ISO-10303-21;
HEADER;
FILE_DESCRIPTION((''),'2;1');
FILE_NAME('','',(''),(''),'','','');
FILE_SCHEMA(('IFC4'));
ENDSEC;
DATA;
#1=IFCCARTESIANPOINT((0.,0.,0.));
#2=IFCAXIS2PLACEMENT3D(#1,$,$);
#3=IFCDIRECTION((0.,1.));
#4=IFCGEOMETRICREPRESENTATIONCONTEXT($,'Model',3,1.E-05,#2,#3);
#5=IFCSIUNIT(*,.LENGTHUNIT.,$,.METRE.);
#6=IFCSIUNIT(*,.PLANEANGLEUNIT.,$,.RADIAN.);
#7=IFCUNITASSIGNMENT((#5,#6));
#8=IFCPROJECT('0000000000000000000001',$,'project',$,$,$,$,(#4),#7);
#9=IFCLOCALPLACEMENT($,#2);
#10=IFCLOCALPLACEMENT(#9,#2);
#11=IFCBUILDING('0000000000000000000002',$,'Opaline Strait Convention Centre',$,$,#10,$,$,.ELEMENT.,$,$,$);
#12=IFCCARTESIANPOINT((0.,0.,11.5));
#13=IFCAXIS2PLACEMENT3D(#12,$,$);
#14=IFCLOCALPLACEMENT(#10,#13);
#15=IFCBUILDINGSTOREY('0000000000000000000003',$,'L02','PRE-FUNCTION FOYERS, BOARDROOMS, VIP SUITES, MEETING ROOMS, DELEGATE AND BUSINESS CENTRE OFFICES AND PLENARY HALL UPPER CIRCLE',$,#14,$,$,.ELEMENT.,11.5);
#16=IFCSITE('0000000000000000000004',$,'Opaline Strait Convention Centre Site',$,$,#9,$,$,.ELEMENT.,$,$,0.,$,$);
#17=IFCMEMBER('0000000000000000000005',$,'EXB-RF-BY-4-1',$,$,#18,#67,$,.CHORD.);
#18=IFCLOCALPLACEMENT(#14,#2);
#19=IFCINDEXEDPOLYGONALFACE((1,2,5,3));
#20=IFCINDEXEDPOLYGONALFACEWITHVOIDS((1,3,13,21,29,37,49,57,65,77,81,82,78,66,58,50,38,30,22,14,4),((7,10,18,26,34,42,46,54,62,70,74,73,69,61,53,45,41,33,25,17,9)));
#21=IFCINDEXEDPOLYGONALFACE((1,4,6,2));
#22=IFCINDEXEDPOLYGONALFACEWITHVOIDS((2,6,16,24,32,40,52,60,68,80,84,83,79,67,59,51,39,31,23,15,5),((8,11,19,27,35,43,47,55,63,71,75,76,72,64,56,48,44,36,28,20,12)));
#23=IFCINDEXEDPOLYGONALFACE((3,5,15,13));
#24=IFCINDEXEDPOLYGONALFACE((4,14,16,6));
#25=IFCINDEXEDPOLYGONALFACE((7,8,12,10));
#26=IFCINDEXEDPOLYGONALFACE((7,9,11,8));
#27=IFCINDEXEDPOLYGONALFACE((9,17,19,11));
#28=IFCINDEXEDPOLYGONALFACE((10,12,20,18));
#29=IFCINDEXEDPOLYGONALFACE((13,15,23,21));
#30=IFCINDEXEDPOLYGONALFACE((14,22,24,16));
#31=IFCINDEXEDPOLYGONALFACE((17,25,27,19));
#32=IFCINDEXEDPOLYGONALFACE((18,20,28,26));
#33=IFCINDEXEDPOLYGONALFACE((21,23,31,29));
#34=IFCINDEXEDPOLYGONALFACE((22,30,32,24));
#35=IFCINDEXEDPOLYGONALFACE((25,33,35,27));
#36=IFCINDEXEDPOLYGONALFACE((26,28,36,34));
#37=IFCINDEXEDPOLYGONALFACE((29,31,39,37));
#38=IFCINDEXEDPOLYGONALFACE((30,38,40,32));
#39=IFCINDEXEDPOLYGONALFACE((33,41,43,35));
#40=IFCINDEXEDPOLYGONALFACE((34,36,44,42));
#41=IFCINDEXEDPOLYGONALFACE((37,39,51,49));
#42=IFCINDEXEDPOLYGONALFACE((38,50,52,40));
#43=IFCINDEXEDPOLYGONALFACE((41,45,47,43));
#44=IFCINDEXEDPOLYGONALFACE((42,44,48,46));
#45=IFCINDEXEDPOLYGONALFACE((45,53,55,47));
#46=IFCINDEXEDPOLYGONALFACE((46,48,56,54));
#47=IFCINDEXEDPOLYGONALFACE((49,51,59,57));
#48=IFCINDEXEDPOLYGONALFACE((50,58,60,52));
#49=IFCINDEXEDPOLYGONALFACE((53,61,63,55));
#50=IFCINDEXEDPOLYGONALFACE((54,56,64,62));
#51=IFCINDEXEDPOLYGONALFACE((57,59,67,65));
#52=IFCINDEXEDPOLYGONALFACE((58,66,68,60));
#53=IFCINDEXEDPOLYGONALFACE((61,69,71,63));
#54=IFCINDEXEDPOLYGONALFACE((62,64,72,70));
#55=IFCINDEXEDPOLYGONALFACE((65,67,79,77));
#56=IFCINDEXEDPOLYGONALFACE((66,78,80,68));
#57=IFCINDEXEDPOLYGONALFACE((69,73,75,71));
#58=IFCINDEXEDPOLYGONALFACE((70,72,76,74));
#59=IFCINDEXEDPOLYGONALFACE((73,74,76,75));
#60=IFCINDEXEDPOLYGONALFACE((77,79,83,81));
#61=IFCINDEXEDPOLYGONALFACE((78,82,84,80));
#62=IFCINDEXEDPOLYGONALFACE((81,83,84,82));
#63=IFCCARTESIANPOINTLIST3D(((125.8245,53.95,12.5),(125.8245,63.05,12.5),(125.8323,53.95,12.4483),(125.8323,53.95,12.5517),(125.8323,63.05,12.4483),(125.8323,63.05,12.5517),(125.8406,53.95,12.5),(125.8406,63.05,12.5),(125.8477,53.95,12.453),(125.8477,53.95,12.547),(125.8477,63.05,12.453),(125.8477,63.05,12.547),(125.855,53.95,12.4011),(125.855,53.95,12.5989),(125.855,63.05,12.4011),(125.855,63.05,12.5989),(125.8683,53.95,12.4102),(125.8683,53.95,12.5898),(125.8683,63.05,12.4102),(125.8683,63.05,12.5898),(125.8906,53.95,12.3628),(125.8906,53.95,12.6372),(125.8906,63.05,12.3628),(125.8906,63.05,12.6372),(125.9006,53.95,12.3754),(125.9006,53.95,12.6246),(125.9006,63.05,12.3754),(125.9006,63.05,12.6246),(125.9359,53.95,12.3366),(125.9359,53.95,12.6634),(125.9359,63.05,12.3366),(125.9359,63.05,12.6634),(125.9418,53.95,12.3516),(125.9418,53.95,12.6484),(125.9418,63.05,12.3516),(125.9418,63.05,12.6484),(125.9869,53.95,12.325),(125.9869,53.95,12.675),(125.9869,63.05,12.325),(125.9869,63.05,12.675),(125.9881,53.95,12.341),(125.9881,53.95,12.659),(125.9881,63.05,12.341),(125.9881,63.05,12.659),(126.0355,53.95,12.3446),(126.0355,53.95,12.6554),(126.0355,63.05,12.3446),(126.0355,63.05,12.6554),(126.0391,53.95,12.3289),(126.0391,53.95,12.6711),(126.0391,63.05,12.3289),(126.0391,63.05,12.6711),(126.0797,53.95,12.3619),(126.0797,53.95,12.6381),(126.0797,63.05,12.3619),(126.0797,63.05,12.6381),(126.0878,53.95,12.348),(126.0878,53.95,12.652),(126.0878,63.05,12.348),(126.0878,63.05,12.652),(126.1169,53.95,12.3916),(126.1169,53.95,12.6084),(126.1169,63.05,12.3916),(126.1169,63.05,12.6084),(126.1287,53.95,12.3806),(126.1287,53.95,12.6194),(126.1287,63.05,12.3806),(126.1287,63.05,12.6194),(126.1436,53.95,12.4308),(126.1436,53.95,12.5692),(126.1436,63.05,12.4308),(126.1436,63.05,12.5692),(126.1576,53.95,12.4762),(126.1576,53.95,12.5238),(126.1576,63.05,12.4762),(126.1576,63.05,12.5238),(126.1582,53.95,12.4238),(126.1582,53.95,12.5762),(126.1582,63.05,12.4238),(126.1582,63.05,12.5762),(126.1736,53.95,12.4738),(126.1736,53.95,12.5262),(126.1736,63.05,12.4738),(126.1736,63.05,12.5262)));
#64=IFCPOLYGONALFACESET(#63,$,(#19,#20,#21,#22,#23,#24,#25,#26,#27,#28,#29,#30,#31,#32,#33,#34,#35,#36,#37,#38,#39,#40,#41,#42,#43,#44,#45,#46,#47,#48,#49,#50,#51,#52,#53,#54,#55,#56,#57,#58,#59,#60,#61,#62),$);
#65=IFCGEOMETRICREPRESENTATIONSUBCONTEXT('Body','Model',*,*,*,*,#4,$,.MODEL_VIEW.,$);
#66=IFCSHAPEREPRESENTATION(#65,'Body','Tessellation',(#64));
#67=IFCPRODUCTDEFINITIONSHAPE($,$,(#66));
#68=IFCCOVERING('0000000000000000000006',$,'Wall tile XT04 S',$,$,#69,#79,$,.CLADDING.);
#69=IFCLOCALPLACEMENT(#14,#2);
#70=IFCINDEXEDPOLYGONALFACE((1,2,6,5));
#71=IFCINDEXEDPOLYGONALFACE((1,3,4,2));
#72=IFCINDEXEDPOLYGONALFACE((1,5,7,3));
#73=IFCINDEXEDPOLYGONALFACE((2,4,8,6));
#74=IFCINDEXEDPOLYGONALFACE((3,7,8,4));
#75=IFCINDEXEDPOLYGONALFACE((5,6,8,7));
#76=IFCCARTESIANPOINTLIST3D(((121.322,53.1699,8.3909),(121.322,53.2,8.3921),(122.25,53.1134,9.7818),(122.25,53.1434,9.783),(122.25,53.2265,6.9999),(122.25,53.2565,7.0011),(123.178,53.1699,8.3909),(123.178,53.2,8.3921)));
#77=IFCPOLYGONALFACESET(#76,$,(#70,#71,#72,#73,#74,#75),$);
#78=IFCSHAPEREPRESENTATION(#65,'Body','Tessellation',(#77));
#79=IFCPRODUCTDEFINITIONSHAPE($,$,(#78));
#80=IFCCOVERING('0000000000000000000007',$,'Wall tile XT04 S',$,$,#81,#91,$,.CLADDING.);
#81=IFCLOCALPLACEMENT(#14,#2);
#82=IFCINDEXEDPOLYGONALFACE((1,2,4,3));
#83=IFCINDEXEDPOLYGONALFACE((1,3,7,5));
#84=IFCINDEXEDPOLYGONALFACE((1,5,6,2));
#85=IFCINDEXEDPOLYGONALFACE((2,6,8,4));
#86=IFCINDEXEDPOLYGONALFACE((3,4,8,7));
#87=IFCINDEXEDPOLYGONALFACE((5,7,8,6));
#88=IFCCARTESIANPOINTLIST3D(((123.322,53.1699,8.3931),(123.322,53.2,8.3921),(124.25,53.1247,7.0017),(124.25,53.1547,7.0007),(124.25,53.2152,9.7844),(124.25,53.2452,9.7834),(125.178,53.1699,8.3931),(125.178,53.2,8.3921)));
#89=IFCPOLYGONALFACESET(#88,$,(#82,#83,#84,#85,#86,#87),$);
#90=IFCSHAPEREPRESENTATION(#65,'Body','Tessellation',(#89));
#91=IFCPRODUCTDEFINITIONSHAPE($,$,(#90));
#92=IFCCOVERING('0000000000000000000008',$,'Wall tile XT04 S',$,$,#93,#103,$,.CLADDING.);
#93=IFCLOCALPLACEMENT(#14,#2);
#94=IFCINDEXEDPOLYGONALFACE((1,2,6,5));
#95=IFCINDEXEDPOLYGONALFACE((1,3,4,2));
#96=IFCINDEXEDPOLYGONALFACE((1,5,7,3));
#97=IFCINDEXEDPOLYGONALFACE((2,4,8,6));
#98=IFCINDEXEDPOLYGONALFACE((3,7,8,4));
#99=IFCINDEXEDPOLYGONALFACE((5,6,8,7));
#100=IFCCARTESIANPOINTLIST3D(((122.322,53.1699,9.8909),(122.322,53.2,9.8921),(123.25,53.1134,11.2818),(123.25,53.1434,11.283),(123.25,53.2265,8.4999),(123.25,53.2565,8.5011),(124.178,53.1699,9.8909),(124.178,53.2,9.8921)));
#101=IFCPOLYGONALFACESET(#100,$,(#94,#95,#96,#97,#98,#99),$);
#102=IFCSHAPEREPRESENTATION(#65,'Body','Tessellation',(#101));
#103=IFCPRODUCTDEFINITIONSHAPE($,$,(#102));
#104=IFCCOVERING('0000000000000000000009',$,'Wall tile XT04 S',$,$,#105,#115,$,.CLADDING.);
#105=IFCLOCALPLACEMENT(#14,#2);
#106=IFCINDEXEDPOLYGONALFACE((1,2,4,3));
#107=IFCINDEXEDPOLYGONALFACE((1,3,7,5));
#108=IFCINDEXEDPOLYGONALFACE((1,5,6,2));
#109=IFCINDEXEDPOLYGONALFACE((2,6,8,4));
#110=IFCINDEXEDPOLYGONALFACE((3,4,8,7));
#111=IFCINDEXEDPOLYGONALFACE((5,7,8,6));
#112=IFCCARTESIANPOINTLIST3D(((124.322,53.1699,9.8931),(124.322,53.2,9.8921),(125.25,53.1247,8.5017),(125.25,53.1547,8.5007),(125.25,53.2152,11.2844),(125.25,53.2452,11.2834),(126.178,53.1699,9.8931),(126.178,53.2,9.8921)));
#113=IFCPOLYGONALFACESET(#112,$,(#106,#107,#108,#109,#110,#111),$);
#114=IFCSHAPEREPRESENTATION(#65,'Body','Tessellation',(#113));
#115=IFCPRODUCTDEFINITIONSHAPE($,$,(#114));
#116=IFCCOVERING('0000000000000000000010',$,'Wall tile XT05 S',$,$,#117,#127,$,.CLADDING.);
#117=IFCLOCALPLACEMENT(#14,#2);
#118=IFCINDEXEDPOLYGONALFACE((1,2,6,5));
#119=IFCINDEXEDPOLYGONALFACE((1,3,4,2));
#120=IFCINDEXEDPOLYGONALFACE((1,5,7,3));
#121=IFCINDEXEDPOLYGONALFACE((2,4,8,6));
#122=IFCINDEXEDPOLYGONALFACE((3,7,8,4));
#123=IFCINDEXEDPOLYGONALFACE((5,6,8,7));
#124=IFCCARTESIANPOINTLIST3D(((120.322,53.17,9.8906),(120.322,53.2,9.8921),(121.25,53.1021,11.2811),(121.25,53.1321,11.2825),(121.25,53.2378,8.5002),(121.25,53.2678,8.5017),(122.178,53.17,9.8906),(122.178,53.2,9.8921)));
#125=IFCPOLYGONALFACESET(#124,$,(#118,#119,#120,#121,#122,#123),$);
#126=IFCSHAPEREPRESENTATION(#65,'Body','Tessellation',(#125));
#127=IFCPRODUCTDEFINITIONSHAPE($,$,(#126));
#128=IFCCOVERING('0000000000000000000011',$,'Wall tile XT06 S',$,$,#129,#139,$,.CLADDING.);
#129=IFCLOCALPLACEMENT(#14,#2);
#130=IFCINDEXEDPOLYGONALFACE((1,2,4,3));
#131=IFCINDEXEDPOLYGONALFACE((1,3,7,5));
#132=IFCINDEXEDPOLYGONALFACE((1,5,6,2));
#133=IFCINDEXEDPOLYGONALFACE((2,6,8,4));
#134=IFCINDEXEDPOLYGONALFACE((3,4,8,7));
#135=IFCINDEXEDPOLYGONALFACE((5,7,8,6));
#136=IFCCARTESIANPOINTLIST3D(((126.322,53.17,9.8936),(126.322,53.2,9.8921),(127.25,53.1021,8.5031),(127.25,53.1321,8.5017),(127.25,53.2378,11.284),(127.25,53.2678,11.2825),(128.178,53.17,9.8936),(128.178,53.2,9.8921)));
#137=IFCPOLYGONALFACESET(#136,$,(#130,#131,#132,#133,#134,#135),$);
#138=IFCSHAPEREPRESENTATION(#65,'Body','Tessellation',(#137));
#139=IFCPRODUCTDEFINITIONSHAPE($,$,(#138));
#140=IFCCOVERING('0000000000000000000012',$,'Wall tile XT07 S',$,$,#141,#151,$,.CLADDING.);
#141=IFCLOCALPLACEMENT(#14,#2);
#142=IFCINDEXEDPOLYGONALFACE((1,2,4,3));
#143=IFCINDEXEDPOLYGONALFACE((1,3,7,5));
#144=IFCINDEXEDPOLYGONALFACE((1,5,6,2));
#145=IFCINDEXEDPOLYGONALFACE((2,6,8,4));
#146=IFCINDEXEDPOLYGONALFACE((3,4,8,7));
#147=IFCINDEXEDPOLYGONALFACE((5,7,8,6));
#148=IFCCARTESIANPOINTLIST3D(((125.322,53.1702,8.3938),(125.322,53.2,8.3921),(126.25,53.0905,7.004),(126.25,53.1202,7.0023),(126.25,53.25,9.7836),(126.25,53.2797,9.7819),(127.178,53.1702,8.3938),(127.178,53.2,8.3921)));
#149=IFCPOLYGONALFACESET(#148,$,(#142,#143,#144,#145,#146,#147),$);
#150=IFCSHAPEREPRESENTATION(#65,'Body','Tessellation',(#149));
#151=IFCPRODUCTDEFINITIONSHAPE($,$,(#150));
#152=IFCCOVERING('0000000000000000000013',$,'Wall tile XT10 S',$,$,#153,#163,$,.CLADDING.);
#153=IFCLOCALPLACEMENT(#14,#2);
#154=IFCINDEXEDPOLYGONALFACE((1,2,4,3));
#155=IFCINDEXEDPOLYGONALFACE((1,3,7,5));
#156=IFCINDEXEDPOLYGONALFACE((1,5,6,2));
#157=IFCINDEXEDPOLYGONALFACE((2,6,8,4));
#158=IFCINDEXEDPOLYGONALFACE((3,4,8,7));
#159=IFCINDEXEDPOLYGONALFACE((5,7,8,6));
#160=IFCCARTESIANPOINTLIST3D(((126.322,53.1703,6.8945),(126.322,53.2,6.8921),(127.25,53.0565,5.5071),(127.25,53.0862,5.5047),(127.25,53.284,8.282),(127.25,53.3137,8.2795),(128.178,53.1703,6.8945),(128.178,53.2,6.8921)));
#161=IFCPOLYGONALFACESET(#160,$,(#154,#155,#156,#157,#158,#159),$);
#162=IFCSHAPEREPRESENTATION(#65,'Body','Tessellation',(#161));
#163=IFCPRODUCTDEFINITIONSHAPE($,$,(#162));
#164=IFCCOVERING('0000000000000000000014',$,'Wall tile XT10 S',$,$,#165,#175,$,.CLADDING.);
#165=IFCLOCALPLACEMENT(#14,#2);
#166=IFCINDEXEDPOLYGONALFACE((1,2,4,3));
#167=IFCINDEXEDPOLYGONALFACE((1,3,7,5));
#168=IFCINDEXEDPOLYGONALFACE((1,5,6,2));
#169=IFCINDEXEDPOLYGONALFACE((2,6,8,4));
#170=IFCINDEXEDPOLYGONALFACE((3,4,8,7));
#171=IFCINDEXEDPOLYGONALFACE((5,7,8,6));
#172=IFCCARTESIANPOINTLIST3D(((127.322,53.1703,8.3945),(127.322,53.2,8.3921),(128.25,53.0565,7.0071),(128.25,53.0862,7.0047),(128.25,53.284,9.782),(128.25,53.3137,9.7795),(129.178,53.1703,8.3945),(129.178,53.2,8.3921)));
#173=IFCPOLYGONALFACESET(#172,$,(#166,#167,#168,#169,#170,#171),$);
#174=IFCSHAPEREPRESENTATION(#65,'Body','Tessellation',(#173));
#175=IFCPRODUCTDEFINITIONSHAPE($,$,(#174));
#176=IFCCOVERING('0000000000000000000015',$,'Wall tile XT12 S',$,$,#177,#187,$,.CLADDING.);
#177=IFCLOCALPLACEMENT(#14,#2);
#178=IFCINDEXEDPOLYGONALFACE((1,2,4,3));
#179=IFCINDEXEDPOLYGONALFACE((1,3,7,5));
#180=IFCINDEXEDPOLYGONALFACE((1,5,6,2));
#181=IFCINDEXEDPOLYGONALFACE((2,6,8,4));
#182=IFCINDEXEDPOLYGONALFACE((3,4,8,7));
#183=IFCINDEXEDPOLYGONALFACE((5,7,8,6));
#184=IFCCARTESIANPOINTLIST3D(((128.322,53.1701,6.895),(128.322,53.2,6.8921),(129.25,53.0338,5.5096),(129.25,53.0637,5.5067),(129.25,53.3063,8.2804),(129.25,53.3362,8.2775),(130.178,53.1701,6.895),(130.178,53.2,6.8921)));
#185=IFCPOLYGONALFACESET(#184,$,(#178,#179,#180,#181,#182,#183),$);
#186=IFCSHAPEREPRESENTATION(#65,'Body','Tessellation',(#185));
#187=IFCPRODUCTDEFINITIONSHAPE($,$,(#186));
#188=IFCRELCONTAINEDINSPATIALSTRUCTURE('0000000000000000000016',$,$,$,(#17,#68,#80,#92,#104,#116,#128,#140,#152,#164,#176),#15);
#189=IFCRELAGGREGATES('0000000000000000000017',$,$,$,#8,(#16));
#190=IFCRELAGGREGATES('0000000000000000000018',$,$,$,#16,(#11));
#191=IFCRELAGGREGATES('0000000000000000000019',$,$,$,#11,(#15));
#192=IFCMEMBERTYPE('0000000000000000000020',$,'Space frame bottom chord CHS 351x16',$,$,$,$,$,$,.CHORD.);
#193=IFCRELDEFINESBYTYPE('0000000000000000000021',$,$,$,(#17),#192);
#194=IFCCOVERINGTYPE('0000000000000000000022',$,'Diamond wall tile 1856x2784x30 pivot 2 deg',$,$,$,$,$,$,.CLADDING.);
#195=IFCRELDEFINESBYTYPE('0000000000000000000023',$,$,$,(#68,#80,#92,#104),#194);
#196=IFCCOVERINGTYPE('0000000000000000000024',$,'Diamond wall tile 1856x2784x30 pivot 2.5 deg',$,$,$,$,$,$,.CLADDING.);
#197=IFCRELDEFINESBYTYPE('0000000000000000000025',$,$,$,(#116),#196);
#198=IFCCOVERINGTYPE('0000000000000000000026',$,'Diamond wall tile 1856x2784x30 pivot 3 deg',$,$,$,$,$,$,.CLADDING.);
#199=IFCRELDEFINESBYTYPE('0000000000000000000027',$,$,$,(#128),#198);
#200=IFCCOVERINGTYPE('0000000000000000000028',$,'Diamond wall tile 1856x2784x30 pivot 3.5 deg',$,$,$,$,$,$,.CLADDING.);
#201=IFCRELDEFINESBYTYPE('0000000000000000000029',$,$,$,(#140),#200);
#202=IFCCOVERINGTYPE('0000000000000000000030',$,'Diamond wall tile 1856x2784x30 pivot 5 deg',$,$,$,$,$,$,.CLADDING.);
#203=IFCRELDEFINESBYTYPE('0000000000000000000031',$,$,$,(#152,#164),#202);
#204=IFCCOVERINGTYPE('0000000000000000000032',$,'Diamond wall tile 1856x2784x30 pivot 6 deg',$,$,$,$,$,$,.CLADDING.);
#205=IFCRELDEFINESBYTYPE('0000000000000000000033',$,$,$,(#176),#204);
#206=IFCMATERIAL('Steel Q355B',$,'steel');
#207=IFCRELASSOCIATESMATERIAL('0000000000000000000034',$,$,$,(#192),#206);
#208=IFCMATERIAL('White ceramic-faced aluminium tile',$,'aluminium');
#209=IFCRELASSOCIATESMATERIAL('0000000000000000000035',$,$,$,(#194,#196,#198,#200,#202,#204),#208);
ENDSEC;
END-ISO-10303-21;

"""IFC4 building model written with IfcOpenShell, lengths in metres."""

from ifc_helpers import new_model, si_unit, direction, frame, origin, origin_2d, place, context, subcontext, project, spatial, polyline, hollow_circle, outline, extrude, material, material_profile, profile_set, type_object, element, save


model = new_model("IFC4")

# Units and contexts
model_context = context("Model", 3, precision=1e-05, world=origin(), true_north=direction((0.0, 1.0)))
body_context = subcontext(model_context, "Body", "Model", "MODEL_VIEW")
ifc_project = project(units=[si_unit("LENGTHUNIT", "METRE"), si_unit("PLANEANGLEUNIT", "RADIAN")], contexts=[model_context])

# Site, building, storey
site_placement = place(None, origin())
site = spatial("IfcSite", under=ifc_project, at=site_placement, Name="Opaline Strait Convention Centre Site", CompositionType="ELEMENT", RefElevation=0.0)
building_placement = place(site_placement, origin())
building = spatial("IfcBuilding", under=site, at=building_placement, Name="Opaline Strait Convention Centre", CompositionType="ELEMENT")
storey_placement = place(building_placement, frame((0.0, 0.0, 11.5)))
storey = spatial("IfcBuildingStorey", under=building, at=storey_placement, Name="L02", Description="PRE-FUNCTION FOYERS, BOARDROOMS, VIP SUITES, MEETING ROOMS, DELEGATE AND BUSINESS CENTRE OFFICES AND PLENARY HALL UPPER CIRCLE", CompositionType="ELEMENT", Elevation=11.5)

# Member
ifc_material_1 = material(Name="Steel Q355B", Category="steel")
ifc_material_profile_1 = material_profile(ifc_material_1, hollow_circle(Radius=0.1755, WallThickness=0.0161, at=origin_2d()), Name="CHS 351x16")
ifc_profile_set_1 = profile_set([ifc_material_profile_1], Name="Steel Q355B")
member_type_1 = type_object("IfcMemberType", Name="Space frame bottom chord CHS 351x16", PredefinedType="CHORD", material=ifc_profile_set_1)
for number, where, z_axis, x_axis, name in (
    (1, (126.0, 53.95, 12.5), (0.0, 1.0, 0.0), (-1.0, 0.0, 0.0), "EXB-RF-BY-4-1"),
):
    element("IfcMember", number, at=place(storey_placement, frame(where, z_axis=z_axis, x_axis=x_axis)), inside=storey, type_object=member_type_1, Name=name, PredefinedType="CHORD", context=body_context, shape_type="SweptSolid", body=[
        extrude(hollow_circle(Radius=0.1755, WallThickness=0.0161, at=origin_2d()), origin(), (0.0, 0.0, 1.0), 9.1001),
    ])

# Coverings
ifc_material_2 = material(Name="White ceramic-faced aluminium tile", Category="aluminium")
ifc_material_profile_2 = material_profile(ifc_material_2, outline(polyline([(0.928, 0.0), (0.0, 1.3921), (-0.928, 0.0), (0.0, -1.3921), (0.928, 0.0)])), Name="Diamond tile 1856x2784")
ifc_profile_set_2 = profile_set([ifc_material_profile_2], Name="White ceramic-faced aluminium tile")
covering_type_1 = type_object("IfcCoveringType", Name="Diamond wall tile 1856x2784x30 pivot 2 deg", PredefinedType="CLADDING", material=ifc_profile_set_2)
for number, where, z_axis, x_axis, name in (
    (2, (122.25, 53.2, 8.3921), (0.0, -0.999175, -0.040617), (1.0, 0.0, 0.0), "Wall tile XT04 S"),
    (3, (124.25, 53.2, 8.3921), (0.0, -0.999472, 0.032503), (1.0, 0.0, 0.0), "Wall tile XT04 S"),
    (4, (123.25, 53.2, 9.8921), (0.0, -0.999175, -0.040617), (1.0, 0.0, 0.0), "Wall tile XT04 S"),
    (5, (125.25, 53.2, 9.8921), (0.0, -0.999472, 0.032503), (1.0, 0.0, 0.0), "Wall tile XT04 S"),
):
    element("IfcCovering", number, at=place(storey_placement, frame(where, z_axis=z_axis, x_axis=x_axis)), inside=storey, type_object=covering_type_1, Name=name, PredefinedType="CLADDING", context=body_context, shape_type="SweptSolid", body=[
        extrude(outline(polyline([(0.928, 0.0), (0.0, 1.3921), (-0.928, 0.0), (0.0, -1.3921), (0.928, 0.0)])), origin(), (0.0, 0.0, 1.0), 0.03),
    ])
ifc_material_profile_3 = material_profile(ifc_material_2, outline(polyline([(0.928, 0.0), (0.0, 1.3921), (-0.928, 0.0), (0.0, -1.3921), (0.928, 0.0)])), Name="Diamond tile 1856x2784")
ifc_profile_set_3 = profile_set([ifc_material_profile_3], Name="White ceramic-faced aluminium tile")
covering_type_2 = type_object("IfcCoveringType", Name="Diamond wall tile 1856x2784x30 pivot 2.5 deg", PredefinedType="CLADDING", material=ifc_profile_set_3)
covering_1_placement = place(storey_placement, frame((121.25, 53.2, 9.8921), z_axis=(0.0, -0.998812, -0.048723), x_axis=(1.0, 0.0, 0.0)))
element("IfcCovering", 6, at=covering_1_placement, inside=storey, type_object=covering_type_2, Name="Wall tile XT05 S", PredefinedType="CLADDING", context=body_context, shape_type="SweptSolid", body=[
    extrude(outline(polyline([(0.928, 0.0), (0.0, 1.3921), (-0.928, 0.0), (0.0, -1.3921), (0.928, 0.0)])), origin(), (0.0, 0.0, 1.0), 0.03),
])
ifc_material_profile_4 = material_profile(ifc_material_2, outline(polyline([(0.928, 0.0), (0.0, 1.3921), (-0.928, 0.0), (0.0, -1.3921), (0.928, 0.0)])), Name="Diamond tile 1856x2784")
ifc_profile_set_4 = profile_set([ifc_material_profile_4], Name="White ceramic-faced aluminium tile")
covering_type_3 = type_object("IfcCoveringType", Name="Diamond wall tile 1856x2784x30 pivot 3 deg", PredefinedType="CLADDING", material=ifc_profile_set_4)
covering_2_placement = place(storey_placement, frame((127.25, 53.2, 9.8921), z_axis=(0.0, -0.998812, 0.048723), x_axis=(1.0, 0.0, 0.0)))
element("IfcCovering", 7, at=covering_2_placement, inside=storey, type_object=covering_type_3, Name="Wall tile XT06 S", PredefinedType="CLADDING", context=body_context, shape_type="SweptSolid", body=[
    extrude(outline(polyline([(0.928, 0.0), (0.0, 1.3921), (-0.928, 0.0), (0.0, -1.3921), (0.928, 0.0)])), origin(), (0.0, 0.0, 1.0), 0.03),
])
ifc_material_profile_5 = material_profile(ifc_material_2, outline(polyline([(0.928, 0.0), (0.0, 1.3921), (-0.928, 0.0), (0.0, -1.3921), (0.928, 0.0)])), Name="Diamond tile 1856x2784")
ifc_profile_set_5 = profile_set([ifc_material_profile_5], Name="White ceramic-faced aluminium tile")
covering_type_4 = type_object("IfcCoveringType", Name="Diamond wall tile 1856x2784x30 pivot 3.5 deg", PredefinedType="CLADDING", material=ifc_profile_set_5)
covering_3_placement = place(storey_placement, frame((126.25, 53.2, 8.3921), z_axis=(0.0, -0.998358, 0.057283), x_axis=(1.0, 0.0, 0.0)))
element("IfcCovering", 8, at=covering_3_placement, inside=storey, type_object=covering_type_4, Name="Wall tile XT07 S", PredefinedType="CLADDING", context=body_context, shape_type="SweptSolid", body=[
    extrude(outline(polyline([(0.928, 0.0), (0.0, 1.3921), (-0.928, 0.0), (0.0, -1.3921), (0.928, 0.0)])), origin(), (0.0, 0.0, 1.0), 0.0298),
])
ifc_material_profile_6 = material_profile(ifc_material_2, outline(polyline([(0.928, 0.0), (0.0, 1.3921), (-0.928, 0.0), (0.0, -1.3921), (0.928, 0.0)])), Name="Diamond tile 1856x2784")
ifc_profile_set_6 = profile_set([ifc_material_profile_6], Name="White ceramic-faced aluminium tile")
covering_type_5 = type_object("IfcCoveringType", Name="Diamond wall tile 1856x2784x30 pivot 5 deg", PredefinedType="CLADDING", material=ifc_profile_set_6)
for number, where, z_axis, x_axis, name in (
    (9, (127.25, 53.2, 6.8921), (0.0, -0.996658, 0.081693), (1.0, 0.0, 0.0), "Wall tile XT10 S"),
    (10, (128.25, 53.2, 8.3921), (0.0, -0.996658, 0.081693), (1.0, 0.0, 0.0), "Wall tile XT10 S"),
):
    element("IfcCovering", number, at=place(storey_placement, frame(where, z_axis=z_axis, x_axis=x_axis)), inside=storey, type_object=covering_type_5, Name=name, PredefinedType="CLADDING", context=body_context, shape_type="SweptSolid", body=[
        extrude(outline(polyline([(0.928, 0.0), (0.0, 1.3921), (-0.928, 0.0), (0.0, -1.3921), (0.928, 0.0)])), origin(), (0.0, 0.0, 1.0), 0.0298),
    ])
ifc_material_profile_7 = material_profile(ifc_material_2, outline(polyline([(0.928, 0.0), (0.0, 1.3921), (-0.928, 0.0), (0.0, -1.3921), (0.928, 0.0)])), Name="Diamond tile 1856x2784")
ifc_profile_set_7 = profile_set([ifc_material_profile_7], Name="White ceramic-faced aluminium tile")
covering_type_6 = type_object("IfcCoveringType", Name="Diamond wall tile 1856x2784x30 pivot 6 deg", PredefinedType="CLADDING", material=ifc_profile_set_7)
covering_4_placement = place(storey_placement, frame((129.25, 53.2, 6.8921), z_axis=(0.0, -0.995197, 0.097888), x_axis=(1.0, 0.0, 0.0)))
element("IfcCovering", 11, at=covering_4_placement, inside=storey, type_object=covering_type_6, Name="Wall tile XT12 S", PredefinedType="CLADDING", context=body_context, shape_type="SweptSolid", body=[
    extrude(outline(polyline([(0.928, 0.0), (0.0, 1.3921), (-0.928, 0.0), (0.0, -1.3921), (0.928, 0.0)])), origin(), (0.0, 0.0, 1.0), 0.03),
])

save(model, "model.ifc")
